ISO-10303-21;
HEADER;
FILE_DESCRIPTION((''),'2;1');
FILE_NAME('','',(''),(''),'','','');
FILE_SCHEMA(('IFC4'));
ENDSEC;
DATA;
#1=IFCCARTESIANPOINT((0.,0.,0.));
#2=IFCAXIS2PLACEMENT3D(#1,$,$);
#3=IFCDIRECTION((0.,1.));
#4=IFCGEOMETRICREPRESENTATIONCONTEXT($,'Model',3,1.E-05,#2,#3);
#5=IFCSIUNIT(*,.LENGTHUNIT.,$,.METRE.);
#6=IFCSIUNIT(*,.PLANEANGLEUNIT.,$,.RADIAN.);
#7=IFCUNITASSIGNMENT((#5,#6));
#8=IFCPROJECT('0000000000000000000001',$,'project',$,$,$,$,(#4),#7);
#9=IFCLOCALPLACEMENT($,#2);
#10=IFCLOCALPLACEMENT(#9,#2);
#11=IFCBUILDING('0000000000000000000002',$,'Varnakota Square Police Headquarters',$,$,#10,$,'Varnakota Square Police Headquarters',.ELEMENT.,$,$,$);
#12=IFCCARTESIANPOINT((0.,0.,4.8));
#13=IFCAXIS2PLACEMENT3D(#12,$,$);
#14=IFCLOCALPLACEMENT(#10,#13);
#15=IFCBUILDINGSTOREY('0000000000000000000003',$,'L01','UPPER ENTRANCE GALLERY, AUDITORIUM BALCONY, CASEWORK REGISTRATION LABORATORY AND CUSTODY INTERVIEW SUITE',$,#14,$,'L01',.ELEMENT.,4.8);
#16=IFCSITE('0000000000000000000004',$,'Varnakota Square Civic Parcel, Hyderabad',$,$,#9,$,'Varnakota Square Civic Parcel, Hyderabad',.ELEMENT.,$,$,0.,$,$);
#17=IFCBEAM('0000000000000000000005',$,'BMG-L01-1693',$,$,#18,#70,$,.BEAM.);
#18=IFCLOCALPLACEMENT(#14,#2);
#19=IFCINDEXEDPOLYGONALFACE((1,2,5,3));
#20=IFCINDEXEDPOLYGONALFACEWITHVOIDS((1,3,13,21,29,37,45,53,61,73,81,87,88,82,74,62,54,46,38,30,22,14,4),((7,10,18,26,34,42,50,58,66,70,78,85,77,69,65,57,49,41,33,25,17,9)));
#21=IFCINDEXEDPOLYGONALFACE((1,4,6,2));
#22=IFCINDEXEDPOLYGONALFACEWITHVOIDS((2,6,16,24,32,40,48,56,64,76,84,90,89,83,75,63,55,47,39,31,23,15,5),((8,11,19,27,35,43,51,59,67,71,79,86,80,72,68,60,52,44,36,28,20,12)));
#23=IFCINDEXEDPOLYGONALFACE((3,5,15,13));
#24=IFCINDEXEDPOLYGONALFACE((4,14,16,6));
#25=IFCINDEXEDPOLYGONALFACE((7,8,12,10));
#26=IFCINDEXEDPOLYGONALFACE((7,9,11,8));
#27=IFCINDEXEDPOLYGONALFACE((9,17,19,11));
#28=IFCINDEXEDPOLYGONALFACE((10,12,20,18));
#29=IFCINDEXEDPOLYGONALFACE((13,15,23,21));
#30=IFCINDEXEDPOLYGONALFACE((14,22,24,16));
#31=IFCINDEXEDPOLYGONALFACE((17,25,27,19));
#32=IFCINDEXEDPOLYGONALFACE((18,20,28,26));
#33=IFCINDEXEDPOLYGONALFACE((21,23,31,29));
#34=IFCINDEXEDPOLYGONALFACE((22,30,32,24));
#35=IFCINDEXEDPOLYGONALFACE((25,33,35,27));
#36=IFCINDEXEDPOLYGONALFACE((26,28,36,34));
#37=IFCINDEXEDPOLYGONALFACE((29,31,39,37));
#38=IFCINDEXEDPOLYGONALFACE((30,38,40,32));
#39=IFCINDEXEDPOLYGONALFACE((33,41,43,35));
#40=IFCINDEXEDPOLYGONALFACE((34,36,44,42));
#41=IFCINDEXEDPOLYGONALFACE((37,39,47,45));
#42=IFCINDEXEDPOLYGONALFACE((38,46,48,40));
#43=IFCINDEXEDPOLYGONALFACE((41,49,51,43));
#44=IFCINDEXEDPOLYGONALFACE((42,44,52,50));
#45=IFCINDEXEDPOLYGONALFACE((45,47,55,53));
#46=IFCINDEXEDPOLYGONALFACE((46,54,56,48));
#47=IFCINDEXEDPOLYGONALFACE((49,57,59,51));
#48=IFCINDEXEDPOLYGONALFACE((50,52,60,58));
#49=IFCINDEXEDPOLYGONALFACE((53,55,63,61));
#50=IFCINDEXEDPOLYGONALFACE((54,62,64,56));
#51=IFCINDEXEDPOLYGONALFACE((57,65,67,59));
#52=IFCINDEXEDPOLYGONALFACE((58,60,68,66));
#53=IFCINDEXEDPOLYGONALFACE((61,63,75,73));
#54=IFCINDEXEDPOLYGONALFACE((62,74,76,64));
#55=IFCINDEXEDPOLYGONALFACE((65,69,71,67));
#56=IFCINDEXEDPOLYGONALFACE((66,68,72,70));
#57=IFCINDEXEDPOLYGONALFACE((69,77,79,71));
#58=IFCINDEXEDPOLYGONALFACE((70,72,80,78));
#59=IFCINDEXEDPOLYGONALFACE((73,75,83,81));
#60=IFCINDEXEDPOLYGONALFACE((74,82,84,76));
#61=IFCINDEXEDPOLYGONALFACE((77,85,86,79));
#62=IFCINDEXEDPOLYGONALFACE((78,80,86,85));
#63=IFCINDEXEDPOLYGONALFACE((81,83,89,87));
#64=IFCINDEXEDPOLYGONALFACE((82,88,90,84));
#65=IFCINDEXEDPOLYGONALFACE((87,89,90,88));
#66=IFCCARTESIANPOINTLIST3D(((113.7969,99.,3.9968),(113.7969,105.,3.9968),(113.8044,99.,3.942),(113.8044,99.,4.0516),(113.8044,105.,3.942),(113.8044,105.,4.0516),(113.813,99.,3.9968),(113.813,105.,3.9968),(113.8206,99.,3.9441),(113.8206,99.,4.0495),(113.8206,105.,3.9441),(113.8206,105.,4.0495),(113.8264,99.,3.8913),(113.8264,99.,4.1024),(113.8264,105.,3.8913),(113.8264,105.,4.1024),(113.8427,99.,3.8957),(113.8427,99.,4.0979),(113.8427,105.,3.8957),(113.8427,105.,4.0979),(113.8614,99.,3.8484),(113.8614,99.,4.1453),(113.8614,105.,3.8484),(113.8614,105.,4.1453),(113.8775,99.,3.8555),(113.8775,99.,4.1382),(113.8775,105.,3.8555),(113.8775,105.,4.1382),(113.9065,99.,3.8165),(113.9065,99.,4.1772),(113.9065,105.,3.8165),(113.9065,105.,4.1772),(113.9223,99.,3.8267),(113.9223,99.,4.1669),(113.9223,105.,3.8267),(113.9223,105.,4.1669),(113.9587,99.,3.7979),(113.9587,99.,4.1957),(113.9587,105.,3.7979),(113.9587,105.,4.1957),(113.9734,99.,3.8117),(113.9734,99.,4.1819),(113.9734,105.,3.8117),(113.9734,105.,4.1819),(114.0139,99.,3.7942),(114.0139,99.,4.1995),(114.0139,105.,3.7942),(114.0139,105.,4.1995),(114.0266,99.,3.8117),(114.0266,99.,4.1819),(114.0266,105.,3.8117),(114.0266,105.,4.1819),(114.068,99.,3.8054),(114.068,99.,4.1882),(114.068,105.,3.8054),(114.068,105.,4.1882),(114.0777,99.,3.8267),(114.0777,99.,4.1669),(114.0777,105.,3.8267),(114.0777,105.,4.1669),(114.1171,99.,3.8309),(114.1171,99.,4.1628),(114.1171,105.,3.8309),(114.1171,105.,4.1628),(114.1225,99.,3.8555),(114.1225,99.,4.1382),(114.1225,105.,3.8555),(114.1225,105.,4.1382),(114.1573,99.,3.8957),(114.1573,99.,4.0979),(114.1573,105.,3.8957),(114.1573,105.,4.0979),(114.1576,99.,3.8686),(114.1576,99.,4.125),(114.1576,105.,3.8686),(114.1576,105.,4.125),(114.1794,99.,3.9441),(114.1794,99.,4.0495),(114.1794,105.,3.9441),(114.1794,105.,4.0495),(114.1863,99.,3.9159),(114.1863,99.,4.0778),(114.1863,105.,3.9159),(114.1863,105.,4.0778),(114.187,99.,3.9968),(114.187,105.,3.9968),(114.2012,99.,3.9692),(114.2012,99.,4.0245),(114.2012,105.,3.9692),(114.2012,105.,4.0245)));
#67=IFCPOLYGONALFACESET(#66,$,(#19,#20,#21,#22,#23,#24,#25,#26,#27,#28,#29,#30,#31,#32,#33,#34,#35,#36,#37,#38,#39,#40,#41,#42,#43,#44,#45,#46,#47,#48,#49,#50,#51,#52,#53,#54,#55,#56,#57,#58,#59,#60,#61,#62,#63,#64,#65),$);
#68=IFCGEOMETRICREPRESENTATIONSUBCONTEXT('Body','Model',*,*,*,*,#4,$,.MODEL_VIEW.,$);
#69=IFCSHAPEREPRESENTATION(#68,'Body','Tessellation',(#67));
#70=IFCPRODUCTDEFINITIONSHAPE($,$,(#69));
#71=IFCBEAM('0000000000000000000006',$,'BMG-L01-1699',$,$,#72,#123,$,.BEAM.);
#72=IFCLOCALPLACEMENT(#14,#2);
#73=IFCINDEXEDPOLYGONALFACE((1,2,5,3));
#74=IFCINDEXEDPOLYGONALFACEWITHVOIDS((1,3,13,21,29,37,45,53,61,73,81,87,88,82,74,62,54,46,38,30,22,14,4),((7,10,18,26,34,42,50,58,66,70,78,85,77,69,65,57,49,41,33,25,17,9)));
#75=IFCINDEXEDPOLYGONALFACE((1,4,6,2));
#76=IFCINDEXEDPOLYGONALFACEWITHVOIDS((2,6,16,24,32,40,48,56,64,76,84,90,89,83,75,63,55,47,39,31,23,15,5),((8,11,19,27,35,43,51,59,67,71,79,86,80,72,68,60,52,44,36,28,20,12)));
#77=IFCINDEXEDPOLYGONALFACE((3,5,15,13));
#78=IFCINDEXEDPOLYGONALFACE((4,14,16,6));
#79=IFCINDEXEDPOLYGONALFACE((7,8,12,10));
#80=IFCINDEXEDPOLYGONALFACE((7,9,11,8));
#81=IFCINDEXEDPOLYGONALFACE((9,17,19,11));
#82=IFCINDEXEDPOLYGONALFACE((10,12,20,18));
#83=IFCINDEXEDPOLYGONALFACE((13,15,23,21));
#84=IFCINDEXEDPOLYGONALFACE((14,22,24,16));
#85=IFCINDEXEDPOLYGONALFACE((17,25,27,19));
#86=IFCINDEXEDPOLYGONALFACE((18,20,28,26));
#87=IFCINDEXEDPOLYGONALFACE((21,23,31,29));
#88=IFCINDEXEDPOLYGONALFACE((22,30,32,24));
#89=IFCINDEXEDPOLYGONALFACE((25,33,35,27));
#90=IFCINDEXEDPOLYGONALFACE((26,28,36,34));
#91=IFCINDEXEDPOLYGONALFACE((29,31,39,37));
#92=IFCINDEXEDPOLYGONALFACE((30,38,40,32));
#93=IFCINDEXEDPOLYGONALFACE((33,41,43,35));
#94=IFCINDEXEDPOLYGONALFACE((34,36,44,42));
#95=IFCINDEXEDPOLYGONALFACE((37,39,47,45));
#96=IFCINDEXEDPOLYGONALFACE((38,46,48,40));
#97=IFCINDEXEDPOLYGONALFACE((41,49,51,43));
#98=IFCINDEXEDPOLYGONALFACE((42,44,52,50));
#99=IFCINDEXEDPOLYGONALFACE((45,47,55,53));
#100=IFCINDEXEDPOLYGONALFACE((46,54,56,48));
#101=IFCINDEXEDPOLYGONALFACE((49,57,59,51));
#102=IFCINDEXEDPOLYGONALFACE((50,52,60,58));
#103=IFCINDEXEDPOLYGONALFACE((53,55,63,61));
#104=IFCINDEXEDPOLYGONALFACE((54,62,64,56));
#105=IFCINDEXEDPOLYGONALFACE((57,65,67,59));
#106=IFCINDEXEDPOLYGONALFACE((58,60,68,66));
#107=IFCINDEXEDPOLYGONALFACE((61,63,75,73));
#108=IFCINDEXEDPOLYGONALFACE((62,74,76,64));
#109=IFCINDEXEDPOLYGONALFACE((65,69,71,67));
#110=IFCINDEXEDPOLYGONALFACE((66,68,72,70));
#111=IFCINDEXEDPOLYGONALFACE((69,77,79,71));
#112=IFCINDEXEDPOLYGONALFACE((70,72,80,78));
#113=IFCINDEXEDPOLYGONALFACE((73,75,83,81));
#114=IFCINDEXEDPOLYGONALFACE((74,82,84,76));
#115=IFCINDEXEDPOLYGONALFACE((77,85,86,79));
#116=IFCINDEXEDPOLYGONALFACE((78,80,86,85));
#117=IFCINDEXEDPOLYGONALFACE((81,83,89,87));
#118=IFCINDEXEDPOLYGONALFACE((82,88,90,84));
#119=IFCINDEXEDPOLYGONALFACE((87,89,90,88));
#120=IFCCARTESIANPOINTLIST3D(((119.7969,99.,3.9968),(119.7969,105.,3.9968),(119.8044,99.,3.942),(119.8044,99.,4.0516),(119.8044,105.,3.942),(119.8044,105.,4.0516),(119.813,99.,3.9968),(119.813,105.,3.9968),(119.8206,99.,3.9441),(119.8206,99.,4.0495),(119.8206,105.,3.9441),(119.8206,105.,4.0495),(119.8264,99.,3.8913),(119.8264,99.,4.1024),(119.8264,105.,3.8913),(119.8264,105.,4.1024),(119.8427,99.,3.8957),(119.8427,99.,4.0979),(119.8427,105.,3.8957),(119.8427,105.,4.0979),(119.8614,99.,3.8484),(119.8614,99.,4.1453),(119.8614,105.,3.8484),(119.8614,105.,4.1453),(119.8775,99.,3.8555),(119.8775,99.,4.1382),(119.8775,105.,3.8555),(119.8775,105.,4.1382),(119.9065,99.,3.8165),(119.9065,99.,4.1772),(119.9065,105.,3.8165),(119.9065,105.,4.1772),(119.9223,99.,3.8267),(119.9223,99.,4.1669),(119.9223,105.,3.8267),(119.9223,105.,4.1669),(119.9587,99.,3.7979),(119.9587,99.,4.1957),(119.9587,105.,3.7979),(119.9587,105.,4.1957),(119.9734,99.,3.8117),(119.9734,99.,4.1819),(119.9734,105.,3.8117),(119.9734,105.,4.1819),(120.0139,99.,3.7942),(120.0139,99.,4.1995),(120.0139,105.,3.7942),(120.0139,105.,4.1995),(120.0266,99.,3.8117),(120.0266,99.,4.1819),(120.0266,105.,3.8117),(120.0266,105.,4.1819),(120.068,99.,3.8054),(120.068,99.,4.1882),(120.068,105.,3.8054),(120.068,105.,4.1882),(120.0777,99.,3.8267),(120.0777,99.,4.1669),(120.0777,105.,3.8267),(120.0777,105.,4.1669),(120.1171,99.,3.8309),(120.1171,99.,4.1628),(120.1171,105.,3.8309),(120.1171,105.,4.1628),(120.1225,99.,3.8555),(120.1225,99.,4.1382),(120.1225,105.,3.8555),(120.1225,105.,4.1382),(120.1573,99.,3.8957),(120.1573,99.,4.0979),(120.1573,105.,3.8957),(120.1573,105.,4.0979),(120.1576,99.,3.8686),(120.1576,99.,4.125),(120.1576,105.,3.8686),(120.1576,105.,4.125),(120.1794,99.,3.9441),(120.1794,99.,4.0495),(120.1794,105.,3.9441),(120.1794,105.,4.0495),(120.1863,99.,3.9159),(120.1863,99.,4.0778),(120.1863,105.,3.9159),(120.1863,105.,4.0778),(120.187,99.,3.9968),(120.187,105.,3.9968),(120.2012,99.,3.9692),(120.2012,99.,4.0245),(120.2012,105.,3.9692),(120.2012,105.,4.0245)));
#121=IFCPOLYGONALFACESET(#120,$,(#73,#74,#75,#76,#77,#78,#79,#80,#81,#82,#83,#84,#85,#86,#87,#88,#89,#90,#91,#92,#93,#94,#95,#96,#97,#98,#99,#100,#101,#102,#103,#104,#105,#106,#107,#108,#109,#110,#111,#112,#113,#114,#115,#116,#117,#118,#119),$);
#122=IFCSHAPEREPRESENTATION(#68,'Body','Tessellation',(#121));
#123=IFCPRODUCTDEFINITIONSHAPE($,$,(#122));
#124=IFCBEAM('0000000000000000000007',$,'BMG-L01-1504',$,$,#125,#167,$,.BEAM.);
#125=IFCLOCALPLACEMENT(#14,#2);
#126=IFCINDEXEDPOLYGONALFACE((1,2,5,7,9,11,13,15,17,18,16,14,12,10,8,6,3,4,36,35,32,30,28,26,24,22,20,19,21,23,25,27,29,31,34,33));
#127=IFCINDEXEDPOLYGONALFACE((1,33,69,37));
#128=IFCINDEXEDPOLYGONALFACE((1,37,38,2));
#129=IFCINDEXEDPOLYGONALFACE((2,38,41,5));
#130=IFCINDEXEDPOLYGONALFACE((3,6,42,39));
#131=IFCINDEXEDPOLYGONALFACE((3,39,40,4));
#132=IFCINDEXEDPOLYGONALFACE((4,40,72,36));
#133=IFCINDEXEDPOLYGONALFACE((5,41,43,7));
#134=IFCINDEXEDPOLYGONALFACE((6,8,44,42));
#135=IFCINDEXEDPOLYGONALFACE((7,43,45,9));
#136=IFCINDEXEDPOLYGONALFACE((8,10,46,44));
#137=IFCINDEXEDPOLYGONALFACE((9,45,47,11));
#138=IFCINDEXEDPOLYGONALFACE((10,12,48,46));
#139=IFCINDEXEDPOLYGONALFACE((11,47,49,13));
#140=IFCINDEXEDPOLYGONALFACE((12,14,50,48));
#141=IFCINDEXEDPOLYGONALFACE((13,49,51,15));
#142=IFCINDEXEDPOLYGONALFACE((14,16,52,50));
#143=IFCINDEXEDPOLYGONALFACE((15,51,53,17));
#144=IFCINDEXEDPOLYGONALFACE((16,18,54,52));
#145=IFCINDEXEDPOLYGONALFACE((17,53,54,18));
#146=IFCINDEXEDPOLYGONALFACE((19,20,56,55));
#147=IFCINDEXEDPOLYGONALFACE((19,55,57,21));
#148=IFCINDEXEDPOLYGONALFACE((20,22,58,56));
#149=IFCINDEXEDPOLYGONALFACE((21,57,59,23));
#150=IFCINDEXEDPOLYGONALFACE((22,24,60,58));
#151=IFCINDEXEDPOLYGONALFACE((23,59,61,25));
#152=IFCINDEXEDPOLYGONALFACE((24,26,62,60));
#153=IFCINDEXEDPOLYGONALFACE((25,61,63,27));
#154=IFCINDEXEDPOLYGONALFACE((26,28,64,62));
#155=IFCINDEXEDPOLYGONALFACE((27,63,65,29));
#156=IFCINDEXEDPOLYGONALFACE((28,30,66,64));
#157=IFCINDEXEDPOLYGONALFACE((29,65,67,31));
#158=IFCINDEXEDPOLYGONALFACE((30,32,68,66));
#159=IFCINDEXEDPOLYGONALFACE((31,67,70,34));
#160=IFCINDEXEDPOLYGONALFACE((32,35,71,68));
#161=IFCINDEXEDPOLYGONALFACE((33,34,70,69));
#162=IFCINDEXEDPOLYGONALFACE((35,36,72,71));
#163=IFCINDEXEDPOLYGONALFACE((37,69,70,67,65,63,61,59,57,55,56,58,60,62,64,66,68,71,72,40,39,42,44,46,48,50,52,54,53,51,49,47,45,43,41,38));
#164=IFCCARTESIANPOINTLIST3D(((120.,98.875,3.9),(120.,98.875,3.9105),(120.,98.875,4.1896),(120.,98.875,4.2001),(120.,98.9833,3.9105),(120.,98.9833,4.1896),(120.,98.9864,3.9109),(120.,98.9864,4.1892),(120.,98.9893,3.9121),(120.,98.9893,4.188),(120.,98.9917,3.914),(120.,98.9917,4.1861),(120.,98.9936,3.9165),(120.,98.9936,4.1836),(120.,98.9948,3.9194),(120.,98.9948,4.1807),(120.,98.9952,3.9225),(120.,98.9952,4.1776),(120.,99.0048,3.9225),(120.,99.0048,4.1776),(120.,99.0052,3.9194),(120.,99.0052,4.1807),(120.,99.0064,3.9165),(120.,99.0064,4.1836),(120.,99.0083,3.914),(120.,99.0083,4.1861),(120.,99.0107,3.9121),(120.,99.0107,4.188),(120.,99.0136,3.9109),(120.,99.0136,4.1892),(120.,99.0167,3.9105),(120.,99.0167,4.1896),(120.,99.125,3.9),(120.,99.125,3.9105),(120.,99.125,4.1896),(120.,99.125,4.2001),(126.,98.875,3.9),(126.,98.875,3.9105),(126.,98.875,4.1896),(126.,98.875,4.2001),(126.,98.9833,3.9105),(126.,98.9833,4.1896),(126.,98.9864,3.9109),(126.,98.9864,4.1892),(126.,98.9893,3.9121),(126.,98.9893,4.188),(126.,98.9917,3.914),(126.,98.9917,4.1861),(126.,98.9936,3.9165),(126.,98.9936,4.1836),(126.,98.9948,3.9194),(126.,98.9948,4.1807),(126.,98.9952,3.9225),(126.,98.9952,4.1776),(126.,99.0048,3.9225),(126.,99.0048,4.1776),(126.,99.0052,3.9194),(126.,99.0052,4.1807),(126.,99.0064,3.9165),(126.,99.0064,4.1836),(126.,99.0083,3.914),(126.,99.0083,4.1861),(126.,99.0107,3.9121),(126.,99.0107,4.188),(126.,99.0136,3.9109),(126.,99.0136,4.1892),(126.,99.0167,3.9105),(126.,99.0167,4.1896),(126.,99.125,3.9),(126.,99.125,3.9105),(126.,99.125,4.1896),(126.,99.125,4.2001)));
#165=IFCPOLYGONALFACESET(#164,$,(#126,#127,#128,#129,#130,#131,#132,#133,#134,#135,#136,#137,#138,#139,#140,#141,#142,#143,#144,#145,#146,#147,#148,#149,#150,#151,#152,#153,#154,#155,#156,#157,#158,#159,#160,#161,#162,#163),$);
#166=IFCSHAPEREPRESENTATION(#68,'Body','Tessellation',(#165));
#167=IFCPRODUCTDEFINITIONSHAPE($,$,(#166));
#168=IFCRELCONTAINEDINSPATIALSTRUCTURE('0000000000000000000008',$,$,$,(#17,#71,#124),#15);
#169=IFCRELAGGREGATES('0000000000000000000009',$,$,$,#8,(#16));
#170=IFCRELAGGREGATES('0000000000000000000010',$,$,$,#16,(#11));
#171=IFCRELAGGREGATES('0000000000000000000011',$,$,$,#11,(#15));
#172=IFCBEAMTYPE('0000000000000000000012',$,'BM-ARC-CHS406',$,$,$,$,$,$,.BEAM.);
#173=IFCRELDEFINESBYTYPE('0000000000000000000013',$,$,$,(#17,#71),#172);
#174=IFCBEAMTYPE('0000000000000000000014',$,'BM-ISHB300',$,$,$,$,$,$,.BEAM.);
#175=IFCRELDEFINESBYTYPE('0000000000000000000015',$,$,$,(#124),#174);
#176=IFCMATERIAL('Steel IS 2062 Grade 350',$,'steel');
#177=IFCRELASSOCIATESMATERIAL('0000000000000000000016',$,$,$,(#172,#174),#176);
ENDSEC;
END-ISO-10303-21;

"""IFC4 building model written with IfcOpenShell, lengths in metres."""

from ifc_helpers import new_model, si_unit, direction, frame, origin, origin_2d, place, context, subcontext, project, spatial, hollow_circle, i_section, extrude, material, material_profile, profile_set, type_object, element, save


model = new_model("IFC4")

# Units and contexts
model_context = context("Model", 3, precision=1e-05, world=origin(), true_north=direction((0.0, 1.0)))
body_context = subcontext(model_context, "Body", "Model", "MODEL_VIEW")
ifc_project = project(units=[si_unit("LENGTHUNIT", "METRE"), si_unit("PLANEANGLEUNIT", "RADIAN")], contexts=[model_context])

# Site, building, storey
site_placement = place(None, origin())
site = spatial("IfcSite", under=ifc_project, at=site_placement, Name="Varnakota Square Civic Parcel, Hyderabad", LongName="Varnakota Square Civic Parcel, Hyderabad", CompositionType="ELEMENT", RefElevation=0.0)
building_placement = place(site_placement, origin())
building = spatial("IfcBuilding", under=site, at=building_placement, Name="Varnakota Square Police Headquarters", LongName="Varnakota Square Police Headquarters", CompositionType="ELEMENT")
storey_placement = place(building_placement, frame((0.0, 0.0, 4.8)))
storey = spatial("IfcBuildingStorey", under=building, at=storey_placement, Name="L01", Description="UPPER ENTRANCE GALLERY, AUDITORIUM BALCONY, CASEWORK REGISTRATION LABORATORY AND CUSTODY INTERVIEW SUITE", LongName="L01", CompositionType="ELEMENT", Elevation=4.8)

# Shared definitions
ifc_material_1 = material(Name="Steel IS 2062 Grade 350", Category="steel")

# Beams
ifc_material_profile_1 = material_profile(ifc_material_1, hollow_circle(Radius=0.2031, WallThickness=0.0161, at=origin_2d()), Name="CHS 406.4x16.0")
ifc_profile_set_1 = profile_set([ifc_material_profile_1], Name="Steel IS 2062 Grade 350")
beam_type_1 = type_object("IfcBeamType", Name="BM-ARC-CHS406", PredefinedType="BEAM", material=ifc_profile_set_1)
for number, where, z_axis, x_axis, name in (
    (1, (114.0, 99.0, 3.9968), (0.0, 1.0, 0.0), (-1.0, 0.0, 0.0), "BMG-L01-1693"),
    (2, (120.0, 99.0, 3.9968), (0.0, 1.0, 0.0), (-1.0, 0.0, 0.0), "BMG-L01-1699"),
):
    element("IfcBeam", number, at=place(storey_placement, frame(where, z_axis=z_axis, x_axis=x_axis)), inside=storey, type_object=beam_type_1, Name=name, PredefinedType="BEAM", context=body_context, shape_type="SweptSolid", body=[
        extrude(hollow_circle(Radius=0.2031, WallThickness=0.0161, at=origin_2d()), origin(), (0.0, 0.0, 1.0), 6.0),
    ])
ifc_material_profile_2 = material_profile(ifc_material_1, i_section(OverallWidth=0.25, OverallDepth=0.3, WebThickness=0.0095, FlangeThickness=0.0105, FilletRadius=0.012, at=origin_2d()), Name="ISHB 300")
ifc_profile_set_2 = profile_set([ifc_material_profile_2], Name="Steel IS 2062 Grade 350")
beam_type_2 = type_object("IfcBeamType", Name="BM-ISHB300", PredefinedType="BEAM", material=ifc_profile_set_2)
beam_1_placement = place(storey_placement, frame((120.0, 99.0, 4.05), z_axis=(1.0, 0.0, 0.0), x_axis=(0.0, 1.0, 0.0)))
element("IfcBeam", 3, at=beam_1_placement, inside=storey, type_object=beam_type_2, Name="BMG-L01-1504", PredefinedType="BEAM", context=body_context, shape_type="SweptSolid", body=[
    extrude(i_section(OverallWidth=0.25, OverallDepth=0.3, WebThickness=0.0095, FlangeThickness=0.0105, FilletRadius=0.012, at=origin_2d()), origin(), (0.0, 0.0, 1.0), 6.0),
])

save(model, "model.ifc")
